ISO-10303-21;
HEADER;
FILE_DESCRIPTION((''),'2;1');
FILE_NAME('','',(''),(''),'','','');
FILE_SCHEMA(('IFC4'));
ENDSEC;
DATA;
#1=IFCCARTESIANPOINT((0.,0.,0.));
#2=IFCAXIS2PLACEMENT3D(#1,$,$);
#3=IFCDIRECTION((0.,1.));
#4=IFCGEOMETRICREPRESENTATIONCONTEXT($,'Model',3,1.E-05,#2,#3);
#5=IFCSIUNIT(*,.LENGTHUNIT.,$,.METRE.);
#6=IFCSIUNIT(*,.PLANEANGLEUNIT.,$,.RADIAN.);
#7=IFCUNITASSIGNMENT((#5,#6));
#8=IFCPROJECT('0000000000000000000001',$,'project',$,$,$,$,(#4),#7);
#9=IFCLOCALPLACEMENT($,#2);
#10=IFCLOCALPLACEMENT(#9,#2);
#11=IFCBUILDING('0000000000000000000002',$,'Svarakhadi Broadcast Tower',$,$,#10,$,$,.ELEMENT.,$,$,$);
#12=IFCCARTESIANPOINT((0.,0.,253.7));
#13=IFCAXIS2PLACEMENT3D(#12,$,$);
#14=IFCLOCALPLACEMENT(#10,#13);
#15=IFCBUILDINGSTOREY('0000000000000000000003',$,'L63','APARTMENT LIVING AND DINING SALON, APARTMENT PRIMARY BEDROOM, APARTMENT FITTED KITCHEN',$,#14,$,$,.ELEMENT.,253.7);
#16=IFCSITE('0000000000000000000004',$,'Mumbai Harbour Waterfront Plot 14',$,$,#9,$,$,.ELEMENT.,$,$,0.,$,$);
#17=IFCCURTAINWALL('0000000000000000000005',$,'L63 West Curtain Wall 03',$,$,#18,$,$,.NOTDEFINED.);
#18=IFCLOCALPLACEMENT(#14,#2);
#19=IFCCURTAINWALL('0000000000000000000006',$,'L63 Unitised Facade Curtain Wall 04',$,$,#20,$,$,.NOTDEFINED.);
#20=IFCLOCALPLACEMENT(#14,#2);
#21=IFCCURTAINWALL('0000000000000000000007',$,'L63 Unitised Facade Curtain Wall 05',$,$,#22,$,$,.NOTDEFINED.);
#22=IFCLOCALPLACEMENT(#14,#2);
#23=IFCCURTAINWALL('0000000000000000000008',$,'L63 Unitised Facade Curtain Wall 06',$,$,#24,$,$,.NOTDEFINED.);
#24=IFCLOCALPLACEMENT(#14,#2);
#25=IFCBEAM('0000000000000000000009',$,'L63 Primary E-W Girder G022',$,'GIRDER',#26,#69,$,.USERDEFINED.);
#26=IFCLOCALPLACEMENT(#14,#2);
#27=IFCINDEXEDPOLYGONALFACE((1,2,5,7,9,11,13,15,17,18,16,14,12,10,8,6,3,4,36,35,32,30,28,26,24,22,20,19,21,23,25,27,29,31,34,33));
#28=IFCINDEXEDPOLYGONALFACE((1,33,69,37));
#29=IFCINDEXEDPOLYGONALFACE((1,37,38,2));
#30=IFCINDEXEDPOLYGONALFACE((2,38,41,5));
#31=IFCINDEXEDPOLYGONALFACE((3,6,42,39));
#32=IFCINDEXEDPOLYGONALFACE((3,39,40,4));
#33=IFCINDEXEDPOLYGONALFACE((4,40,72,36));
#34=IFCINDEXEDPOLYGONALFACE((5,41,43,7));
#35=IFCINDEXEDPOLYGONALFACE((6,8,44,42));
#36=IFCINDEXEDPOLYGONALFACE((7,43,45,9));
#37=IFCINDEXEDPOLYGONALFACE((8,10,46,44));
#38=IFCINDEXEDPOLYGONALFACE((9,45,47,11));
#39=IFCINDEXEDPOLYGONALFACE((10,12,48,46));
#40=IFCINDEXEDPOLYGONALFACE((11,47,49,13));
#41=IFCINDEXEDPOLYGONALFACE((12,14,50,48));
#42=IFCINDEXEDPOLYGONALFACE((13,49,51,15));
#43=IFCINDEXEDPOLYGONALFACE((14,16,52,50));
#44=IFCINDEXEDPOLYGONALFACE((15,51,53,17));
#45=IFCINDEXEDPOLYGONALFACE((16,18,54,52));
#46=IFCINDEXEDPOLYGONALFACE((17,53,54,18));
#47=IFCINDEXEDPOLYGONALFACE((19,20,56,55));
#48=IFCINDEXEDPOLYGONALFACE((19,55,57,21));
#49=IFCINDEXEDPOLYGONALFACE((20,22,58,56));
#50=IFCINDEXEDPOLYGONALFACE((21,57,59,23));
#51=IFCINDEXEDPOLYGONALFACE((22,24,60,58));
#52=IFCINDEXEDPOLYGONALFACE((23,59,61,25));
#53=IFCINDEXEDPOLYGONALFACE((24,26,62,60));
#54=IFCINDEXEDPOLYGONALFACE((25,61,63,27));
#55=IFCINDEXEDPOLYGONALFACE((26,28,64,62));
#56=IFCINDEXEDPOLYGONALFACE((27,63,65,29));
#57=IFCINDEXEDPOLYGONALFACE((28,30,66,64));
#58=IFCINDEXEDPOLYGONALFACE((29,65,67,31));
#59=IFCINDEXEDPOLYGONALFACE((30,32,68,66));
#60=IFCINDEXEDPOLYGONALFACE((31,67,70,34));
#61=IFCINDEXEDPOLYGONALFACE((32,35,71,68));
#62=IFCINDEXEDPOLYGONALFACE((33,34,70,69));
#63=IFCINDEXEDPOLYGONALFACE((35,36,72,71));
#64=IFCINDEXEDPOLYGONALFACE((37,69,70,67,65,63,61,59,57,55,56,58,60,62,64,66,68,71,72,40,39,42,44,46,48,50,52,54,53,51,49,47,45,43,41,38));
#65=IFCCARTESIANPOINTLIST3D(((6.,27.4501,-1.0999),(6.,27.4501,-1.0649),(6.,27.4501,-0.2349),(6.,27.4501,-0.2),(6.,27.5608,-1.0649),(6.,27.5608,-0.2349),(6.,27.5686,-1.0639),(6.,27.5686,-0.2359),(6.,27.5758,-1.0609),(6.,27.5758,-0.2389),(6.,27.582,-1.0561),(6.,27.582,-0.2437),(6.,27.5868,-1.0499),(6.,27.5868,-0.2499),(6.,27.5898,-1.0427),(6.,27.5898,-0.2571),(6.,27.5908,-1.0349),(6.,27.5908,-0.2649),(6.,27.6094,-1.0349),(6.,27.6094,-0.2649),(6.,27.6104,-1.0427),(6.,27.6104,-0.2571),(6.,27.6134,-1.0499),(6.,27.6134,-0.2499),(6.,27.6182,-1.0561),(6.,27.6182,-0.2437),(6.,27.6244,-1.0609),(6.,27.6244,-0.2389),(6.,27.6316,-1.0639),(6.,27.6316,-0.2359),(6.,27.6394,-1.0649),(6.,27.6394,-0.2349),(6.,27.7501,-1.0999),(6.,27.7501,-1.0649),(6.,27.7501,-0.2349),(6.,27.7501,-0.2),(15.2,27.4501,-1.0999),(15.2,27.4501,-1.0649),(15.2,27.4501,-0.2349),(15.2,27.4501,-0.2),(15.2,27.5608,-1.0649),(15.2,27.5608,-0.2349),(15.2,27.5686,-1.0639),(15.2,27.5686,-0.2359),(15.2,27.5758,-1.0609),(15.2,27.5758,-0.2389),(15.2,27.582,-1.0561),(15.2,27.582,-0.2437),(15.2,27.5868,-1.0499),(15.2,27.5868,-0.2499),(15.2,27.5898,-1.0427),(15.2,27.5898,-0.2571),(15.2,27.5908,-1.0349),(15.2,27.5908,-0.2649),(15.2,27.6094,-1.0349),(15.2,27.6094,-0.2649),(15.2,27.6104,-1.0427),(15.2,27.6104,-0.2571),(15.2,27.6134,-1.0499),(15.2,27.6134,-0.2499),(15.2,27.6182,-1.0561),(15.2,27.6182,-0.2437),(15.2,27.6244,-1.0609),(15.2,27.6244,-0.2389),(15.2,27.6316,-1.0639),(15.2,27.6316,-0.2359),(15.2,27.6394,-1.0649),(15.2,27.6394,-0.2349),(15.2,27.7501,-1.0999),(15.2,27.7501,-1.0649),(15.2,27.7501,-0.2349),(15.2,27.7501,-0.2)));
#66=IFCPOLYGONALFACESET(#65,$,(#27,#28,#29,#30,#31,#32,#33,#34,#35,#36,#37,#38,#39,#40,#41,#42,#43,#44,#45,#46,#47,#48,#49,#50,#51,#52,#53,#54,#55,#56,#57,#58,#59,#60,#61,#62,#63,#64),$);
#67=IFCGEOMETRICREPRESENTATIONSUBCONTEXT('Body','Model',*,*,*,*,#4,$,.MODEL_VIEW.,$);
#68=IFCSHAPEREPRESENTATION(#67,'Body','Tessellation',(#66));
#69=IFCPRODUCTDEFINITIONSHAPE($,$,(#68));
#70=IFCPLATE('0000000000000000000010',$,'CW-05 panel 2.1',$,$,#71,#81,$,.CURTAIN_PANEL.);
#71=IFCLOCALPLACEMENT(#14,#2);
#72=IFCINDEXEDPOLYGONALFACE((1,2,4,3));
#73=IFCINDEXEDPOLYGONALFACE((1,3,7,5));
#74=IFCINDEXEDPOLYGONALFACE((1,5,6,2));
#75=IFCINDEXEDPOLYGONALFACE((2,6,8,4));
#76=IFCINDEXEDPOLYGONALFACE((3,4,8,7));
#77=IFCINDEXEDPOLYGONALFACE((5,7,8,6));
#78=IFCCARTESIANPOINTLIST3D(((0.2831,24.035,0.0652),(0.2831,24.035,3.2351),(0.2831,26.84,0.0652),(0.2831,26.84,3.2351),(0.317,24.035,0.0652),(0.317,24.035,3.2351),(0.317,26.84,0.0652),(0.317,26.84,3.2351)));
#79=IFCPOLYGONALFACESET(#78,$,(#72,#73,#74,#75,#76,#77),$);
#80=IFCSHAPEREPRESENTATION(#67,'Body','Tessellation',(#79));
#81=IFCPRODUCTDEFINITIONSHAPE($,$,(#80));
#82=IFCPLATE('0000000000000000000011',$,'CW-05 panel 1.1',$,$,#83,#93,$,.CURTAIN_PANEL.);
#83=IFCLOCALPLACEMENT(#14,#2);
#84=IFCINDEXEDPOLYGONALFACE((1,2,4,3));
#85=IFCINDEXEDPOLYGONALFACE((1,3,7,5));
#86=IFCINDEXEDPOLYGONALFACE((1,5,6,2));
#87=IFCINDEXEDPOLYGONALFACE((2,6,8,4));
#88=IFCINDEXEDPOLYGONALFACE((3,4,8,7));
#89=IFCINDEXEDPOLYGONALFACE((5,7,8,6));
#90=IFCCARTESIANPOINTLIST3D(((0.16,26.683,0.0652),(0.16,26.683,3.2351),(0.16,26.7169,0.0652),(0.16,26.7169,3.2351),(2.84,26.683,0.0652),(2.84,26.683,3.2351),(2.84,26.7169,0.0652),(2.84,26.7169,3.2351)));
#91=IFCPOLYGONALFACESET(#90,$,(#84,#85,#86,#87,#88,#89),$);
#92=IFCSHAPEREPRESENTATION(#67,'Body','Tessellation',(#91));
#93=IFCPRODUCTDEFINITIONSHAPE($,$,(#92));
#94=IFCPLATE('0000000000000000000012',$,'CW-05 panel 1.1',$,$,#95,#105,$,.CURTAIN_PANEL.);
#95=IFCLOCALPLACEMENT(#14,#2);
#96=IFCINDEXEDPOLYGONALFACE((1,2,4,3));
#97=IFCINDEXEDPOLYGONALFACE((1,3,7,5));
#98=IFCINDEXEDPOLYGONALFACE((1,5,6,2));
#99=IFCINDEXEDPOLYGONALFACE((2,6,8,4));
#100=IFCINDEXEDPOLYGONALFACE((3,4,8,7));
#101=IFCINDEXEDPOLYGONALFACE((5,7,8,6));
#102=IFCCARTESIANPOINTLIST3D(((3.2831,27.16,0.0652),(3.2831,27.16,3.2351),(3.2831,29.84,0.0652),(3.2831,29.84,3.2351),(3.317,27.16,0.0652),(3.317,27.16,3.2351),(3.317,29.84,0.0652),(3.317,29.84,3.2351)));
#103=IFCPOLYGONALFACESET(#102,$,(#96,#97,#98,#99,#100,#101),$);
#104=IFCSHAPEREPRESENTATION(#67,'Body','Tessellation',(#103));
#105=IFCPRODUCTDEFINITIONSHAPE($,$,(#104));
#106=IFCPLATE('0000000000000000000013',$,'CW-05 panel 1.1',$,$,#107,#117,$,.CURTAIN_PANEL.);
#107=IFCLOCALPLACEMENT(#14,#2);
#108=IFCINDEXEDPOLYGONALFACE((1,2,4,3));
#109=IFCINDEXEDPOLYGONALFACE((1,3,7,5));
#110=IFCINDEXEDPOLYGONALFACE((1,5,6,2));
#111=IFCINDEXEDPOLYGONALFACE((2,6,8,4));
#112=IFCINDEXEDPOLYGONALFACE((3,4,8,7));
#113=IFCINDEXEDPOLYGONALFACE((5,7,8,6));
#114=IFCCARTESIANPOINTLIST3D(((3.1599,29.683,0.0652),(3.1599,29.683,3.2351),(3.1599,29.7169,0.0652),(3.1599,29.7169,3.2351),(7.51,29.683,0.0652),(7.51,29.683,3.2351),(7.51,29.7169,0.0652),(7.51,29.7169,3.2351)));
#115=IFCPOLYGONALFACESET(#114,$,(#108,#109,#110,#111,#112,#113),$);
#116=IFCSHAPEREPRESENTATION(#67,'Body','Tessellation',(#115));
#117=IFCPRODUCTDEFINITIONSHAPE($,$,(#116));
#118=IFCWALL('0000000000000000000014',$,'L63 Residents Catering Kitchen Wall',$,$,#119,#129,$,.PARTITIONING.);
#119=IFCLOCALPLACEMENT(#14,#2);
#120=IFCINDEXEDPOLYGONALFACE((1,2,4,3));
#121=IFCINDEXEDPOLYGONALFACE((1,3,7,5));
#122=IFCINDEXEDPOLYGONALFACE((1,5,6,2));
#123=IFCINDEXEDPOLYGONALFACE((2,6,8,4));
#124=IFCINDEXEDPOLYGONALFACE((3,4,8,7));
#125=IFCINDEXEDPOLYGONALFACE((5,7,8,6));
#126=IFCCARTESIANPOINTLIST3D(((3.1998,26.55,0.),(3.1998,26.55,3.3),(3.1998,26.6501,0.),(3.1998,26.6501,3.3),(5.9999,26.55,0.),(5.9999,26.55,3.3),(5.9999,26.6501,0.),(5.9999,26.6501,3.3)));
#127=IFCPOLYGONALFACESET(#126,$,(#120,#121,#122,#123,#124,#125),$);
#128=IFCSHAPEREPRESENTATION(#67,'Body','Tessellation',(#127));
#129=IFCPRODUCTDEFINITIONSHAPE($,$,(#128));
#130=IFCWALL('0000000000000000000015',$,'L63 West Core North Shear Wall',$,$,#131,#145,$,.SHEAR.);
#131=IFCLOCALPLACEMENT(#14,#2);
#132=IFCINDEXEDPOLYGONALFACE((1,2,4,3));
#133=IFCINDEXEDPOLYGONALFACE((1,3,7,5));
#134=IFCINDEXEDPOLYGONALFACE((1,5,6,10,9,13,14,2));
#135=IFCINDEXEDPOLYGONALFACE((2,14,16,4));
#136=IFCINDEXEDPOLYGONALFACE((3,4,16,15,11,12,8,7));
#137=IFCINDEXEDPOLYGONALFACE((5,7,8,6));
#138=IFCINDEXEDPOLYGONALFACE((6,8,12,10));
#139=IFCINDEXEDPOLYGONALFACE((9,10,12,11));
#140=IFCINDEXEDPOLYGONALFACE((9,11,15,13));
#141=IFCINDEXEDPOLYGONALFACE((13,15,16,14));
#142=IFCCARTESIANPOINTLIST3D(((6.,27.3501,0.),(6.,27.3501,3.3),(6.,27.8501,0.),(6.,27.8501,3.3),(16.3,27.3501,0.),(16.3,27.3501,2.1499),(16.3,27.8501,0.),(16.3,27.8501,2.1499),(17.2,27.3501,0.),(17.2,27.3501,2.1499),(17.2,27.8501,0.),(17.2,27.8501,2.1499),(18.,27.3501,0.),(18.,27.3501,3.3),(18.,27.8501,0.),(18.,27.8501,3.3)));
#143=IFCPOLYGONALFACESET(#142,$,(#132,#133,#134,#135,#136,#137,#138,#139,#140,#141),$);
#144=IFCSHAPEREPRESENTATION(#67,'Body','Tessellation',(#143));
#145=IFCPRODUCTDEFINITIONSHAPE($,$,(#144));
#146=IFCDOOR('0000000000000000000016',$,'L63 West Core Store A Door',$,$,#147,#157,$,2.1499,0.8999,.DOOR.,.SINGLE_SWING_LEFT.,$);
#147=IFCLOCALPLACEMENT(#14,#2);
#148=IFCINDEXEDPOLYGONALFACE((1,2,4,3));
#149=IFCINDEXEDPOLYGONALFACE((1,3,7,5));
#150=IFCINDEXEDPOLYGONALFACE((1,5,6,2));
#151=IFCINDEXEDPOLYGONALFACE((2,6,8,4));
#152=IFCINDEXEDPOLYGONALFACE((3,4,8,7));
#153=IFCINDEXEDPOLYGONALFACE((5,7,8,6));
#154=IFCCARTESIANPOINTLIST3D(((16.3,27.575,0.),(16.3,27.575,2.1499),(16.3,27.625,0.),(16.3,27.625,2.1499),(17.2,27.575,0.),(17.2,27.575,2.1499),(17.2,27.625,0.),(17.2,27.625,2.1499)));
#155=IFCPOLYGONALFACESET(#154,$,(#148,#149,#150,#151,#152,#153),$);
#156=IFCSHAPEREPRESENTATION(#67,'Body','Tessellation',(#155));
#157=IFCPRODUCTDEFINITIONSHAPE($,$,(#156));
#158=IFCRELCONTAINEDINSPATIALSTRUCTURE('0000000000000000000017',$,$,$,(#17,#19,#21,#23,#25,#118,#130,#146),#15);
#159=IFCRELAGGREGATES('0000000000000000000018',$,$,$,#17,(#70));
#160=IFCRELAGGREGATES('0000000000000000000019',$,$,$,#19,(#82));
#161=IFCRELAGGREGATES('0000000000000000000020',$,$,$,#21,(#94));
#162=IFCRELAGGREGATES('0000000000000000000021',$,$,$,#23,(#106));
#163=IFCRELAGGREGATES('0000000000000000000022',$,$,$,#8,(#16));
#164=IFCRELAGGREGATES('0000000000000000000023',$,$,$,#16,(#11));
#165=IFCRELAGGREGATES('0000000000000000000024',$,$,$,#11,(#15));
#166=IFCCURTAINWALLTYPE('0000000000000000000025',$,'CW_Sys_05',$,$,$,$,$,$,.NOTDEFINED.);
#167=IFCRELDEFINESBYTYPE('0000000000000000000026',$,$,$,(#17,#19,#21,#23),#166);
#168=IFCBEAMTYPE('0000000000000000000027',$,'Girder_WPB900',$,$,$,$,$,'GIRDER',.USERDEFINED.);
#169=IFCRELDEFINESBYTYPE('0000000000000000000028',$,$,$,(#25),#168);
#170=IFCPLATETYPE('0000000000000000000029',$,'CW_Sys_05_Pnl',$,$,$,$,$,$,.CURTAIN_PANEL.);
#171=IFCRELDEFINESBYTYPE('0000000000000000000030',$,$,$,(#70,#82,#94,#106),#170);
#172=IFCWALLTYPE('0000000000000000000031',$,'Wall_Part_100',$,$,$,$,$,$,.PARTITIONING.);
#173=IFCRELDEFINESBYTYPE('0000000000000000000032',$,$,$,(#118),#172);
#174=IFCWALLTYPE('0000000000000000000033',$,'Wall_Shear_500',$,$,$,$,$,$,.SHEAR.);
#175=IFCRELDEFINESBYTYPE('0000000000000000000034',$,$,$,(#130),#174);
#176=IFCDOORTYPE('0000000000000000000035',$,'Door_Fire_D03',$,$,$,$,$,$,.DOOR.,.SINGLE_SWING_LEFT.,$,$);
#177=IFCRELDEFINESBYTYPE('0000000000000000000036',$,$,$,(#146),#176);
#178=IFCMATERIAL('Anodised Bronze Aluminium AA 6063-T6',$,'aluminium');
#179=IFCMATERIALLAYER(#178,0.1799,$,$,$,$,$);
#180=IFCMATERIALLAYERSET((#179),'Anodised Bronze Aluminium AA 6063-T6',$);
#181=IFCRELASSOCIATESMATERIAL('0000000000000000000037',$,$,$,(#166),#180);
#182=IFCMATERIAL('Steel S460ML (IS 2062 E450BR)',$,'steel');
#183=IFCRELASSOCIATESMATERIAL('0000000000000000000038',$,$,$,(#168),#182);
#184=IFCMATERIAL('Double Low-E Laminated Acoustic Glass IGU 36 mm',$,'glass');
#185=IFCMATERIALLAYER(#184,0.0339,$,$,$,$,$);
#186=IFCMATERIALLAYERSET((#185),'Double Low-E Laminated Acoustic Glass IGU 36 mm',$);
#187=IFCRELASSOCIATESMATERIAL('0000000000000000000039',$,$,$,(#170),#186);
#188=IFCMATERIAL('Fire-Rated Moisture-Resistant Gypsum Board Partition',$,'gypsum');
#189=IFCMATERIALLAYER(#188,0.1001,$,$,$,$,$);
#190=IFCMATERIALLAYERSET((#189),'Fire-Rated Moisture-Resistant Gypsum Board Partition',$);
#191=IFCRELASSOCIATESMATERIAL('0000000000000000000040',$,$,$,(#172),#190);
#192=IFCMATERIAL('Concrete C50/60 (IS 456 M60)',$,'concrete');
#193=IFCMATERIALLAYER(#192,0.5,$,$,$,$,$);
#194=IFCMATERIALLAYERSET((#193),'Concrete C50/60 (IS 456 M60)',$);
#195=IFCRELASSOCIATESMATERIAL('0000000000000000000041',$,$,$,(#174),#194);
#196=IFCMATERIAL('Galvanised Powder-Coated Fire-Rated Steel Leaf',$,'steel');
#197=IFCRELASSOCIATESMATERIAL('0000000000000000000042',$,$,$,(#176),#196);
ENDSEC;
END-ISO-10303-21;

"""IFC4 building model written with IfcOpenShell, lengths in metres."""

from ifc_helpers import new_model, si_unit, direction, frame, frame_2d, origin, origin_2d, place, context, subcontext, project, spatial, rectangle, i_section, extrude, material, layer, layer_set, material_profile, profile_set, type_object, element, fill, aggregate, save


model = new_model("IFC4")

# Units and contexts
model_context = context("Model", 3, precision=1e-05, world=origin(), true_north=direction((0.0, 1.0)))
body_context = subcontext(model_context, "Body", "Model", "MODEL_VIEW")
ifc_project = project(units=[si_unit("LENGTHUNIT", "METRE"), si_unit("PLANEANGLEUNIT", "RADIAN")], contexts=[model_context])

# Site, building, storey
site_placement = place(None, origin())
site = spatial("IfcSite", under=ifc_project, at=site_placement, Name="Mumbai Harbour Waterfront Plot 14", CompositionType="ELEMENT", RefElevation=0.0)
building_placement = place(site_placement, origin())
building = spatial("IfcBuilding", under=site, at=building_placement, Name="Svarakhadi Broadcast Tower", CompositionType="ELEMENT")
storey_placement = place(building_placement, frame((0.0, 0.0, 253.7)))
storey = spatial("IfcBuildingStorey", under=building, at=storey_placement, Name="L63", Description="APARTMENT LIVING AND DINING SALON, APARTMENT PRIMARY BEDROOM, APARTMENT FITTED KITCHEN", CompositionType="ELEMENT", Elevation=253.7)

# Shared definitions
ifc_material_1 = material(Name="Concrete C50/60 (IS 456 M60)", Category="concrete")
ifc_material_2 = material(Name="Steel S460ML (IS 2062 E450BR)", Category="steel")

# Curtain wall
ifc_material_3 = material(Name="Anodised Bronze Aluminium AA 6063-T6", Category="aluminium")
ifc_layer_1 = layer(ifc_material_3, 0.1799)
ifc_layer_set_1 = layer_set([ifc_layer_1], Name="Anodised Bronze Aluminium AA 6063-T6")
curtain_wall_type = type_object("IfcCurtainWallType", Name="CW_Sys_05", PredefinedType="NOTDEFINED", material=ifc_layer_set_1)
curtain_wall_1_placement = place(storey_placement, origin())
curtain_wall_1 = element("IfcCurtainWall", 1, at=curtain_wall_1_placement, inside=storey, type_object=curtain_wall_type, Name="L63 West Curtain Wall 03", PredefinedType="NOTDEFINED")

# Curtain walls
curtain_wall_2_placement = place(storey_placement, origin())
curtain_wall_2 = element("IfcCurtainWall", 2, at=curtain_wall_2_placement, inside=storey, type_object=curtain_wall_type, Name="L63 Unitised Facade Curtain Wall 04", PredefinedType="NOTDEFINED")
curtain_wall_3_placement = place(storey_placement, origin())
curtain_wall_3 = element("IfcCurtainWall", 3, at=curtain_wall_3_placement, inside=storey, type_object=curtain_wall_type, Name="L63 Unitised Facade Curtain Wall 05", PredefinedType="NOTDEFINED")

# Curtain wall
curtain_wall_4_placement = place(storey_placement, origin())
curtain_wall_4 = element("IfcCurtainWall", 4, at=curtain_wall_4_placement, inside=storey, type_object=curtain_wall_type, Name="L63 Unitised Facade Curtain Wall 06", PredefinedType="NOTDEFINED")

# Beam
ifc_material_profile_1 = material_profile(ifc_material_2, i_section(OverallWidth=0.3, OverallDepth=0.8999, WebThickness=0.0186, FlangeThickness=0.0349, FilletRadius=0.03, at=origin_2d()), Name="WPB 900x300x291")
ifc_profile_set_1 = profile_set([ifc_material_profile_1], Name="Steel S460ML (IS 2062 E450BR)")
beam_type_1 = type_object("IfcBeamType", Name="Girder_WPB900", ElementType="GIRDER", PredefinedType="USERDEFINED", material=ifc_profile_set_1)
beam_1_placement = place(storey_placement, frame((6.0, 27.6001, -0.6499), z_axis=(1.0, 0.0, 0.0), x_axis=(0.0, 1.0, 0.0)))
element("IfcBeam", 5, at=beam_1_placement, inside=storey, type_object=beam_type_1, Name="L63 Primary E-W Girder G022", ObjectType="GIRDER", PredefinedType="USERDEFINED", context=body_context, shape_type="SweptSolid", body=[
    extrude(i_section(OverallWidth=0.3, OverallDepth=0.8999, WebThickness=0.0186, FlangeThickness=0.0349, FilletRadius=0.03, at=origin_2d()), origin(), (0.0, 0.0, 1.0), 9.2),
])

# Plates
ifc_material_4 = material(Name="Double Low-E Laminated Acoustic Glass IGU 36 mm", Category="glass")
ifc_layer_2 = layer(ifc_material_4, 0.0339)
ifc_layer_set_2 = layer_set([ifc_layer_2], Name="Double Low-E Laminated Acoustic Glass IGU 36 mm")
plate_type = type_object("IfcPlateType", Name="CW_Sys_05_Pnl", PredefinedType="CURTAIN_PANEL", material=ifc_layer_set_2)
plate_1_placement = place(storey_placement, frame((0.3, 25.4375, 0.0652), z_axis=(0.0, 0.0, 1.0), x_axis=(0.0, 1.0, 0.0)))
plate_1 = element("IfcPlate", 6, at=plate_1_placement, type_object=plate_type, Name="CW-05 panel 2.1", PredefinedType="CURTAIN_PANEL", context=body_context, shape_type="SweptSolid", body=[
    extrude(rectangle(XDim=2.8049, YDim=0.0339, at=origin_2d()), origin(), (0.0, 0.0, 1.0), 3.1699),
])
aggregate(curtain_wall_1, [plate_1])
plate_2_placement = place(storey_placement, frame((1.5, 26.7, 0.0652), z_axis=(0.0, 0.0, 1.0), x_axis=(1.0, 0.0, 0.0)))
plate_2 = element("IfcPlate", 7, at=plate_2_placement, type_object=plate_type, Name="CW-05 panel 1.1", PredefinedType="CURTAIN_PANEL", context=body_context, shape_type="SweptSolid", body=[
    extrude(rectangle(XDim=2.6799, YDim=0.0339, at=origin_2d()), origin(), (0.0, 0.0, 1.0), 3.1699),
])
aggregate(curtain_wall_2, [plate_2])
plate_3_placement = place(storey_placement, frame((3.3, 28.5, 0.0652), z_axis=(0.0, 0.0, 1.0), x_axis=(0.0, 1.0, 0.0)))
plate_3 = element("IfcPlate", 8, at=plate_3_placement, type_object=plate_type, Name="CW-05 panel 1.1", PredefinedType="CURTAIN_PANEL", context=body_context, shape_type="SweptSolid", body=[
    extrude(rectangle(XDim=2.6799, YDim=0.0339, at=origin_2d()), origin(), (0.0, 0.0, 1.0), 3.1699),
])
aggregate(curtain_wall_3, [plate_3])
plate_4_placement = place(storey_placement, frame((5.335, 29.7, 0.0652), z_axis=(0.0, 0.0, 1.0), x_axis=(1.0, 0.0, 0.0)))
plate_4 = element("IfcPlate", 9, at=plate_4_placement, type_object=plate_type, Name="CW-05 panel 1.1", PredefinedType="CURTAIN_PANEL", context=body_context, shape_type="SweptSolid", body=[
    extrude(rectangle(XDim=4.3501, YDim=0.0339, at=origin_2d()), origin(), (0.0, 0.0, 1.0), 3.1699),
])
aggregate(curtain_wall_4, [plate_4])

# Wall
ifc_material_5 = material(Name="Fire-Rated Moisture-Resistant Gypsum Board Partition", Category="gypsum")
ifc_layer_3 = layer(ifc_material_5, 0.1001)
ifc_layer_set_3 = layer_set([ifc_layer_3], Name="Fire-Rated Moisture-Resistant Gypsum Board Partition")
wall_type_1 = type_object("IfcWallType", Name="Wall_Part_100", PredefinedType="PARTITIONING", material=ifc_layer_set_3)
wall_1_placement = place(storey_placement, frame((3.2, 26.6001, 0.0), z_axis=(0.0, 0.0, 1.0), x_axis=(1.0, 0.0, 0.0)))
element("IfcWall", 10, at=wall_1_placement, inside=storey, type_object=wall_type_1, Name="L63 Residents Catering Kitchen Wall", PredefinedType="PARTITIONING", context=body_context, shape_type="SweptSolid", body=[
    extrude(rectangle(XDim=2.8, YDim=0.1001, at=frame_2d((1.3999, 0.0))), origin(), (0.0, 0.0, 1.0), 3.3),
])

# Wall, opening, door
ifc_layer_4 = layer(ifc_material_1, 0.5)
ifc_layer_set_4 = layer_set([ifc_layer_4], Name="Concrete C50/60 (IS 456 M60)")
wall_type_2 = type_object("IfcWallType", Name="Wall_Shear_500", PredefinedType="SHEAR", material=ifc_layer_set_4)
wall_2_placement = place(storey_placement, frame((6.0, 27.6001, 0.0), z_axis=(0.0, 0.0, 1.0), x_axis=(1.0, 0.0, 0.0)))
wall_2 = element("IfcWall", 11, at=wall_2_placement, inside=storey, type_object=wall_type_2, Name="L63 West Core North Shear Wall", PredefinedType="SHEAR", context=body_context, shape_type="SweptSolid", body=[
    extrude(rectangle(XDim=12.0, YDim=0.5, at=frame_2d((6.0, 0.0))), origin(), (0.0, 0.0, 1.0), 3.3),
])
opening_placement = place(wall_2_placement, frame((10.3, 0.0, 0.0)))
opening = element("IfcOpeningElement", 12, at=opening_placement, cuts=wall_2, PredefinedType="OPENING", context=body_context, shape_type="SweptSolid", body=[
    extrude(rectangle(XDim=0.8999, YDim=2.1499, at=frame_2d((0.45, 1.075))), frame((0.0, 0.26, 0.0), z_axis=(0.0, -1.0, 0.0), x_axis=(1.0, 0.0, 0.0)), (0.0, 0.0, 1.0), 0.52),
])
ifc_material_6 = material(Name="Galvanised Powder-Coated Fire-Rated Steel Leaf", Category="steel")
door_type = type_object("IfcDoorType", Name="Door_Fire_D03", OperationType="SINGLE_SWING_LEFT", PredefinedType="DOOR", material=ifc_material_6)
door_placement = place(opening_placement, origin())
door = element("IfcDoor", 13, at=door_placement, inside=storey, type_object=door_type, Name="L63 West Core Store A Door", OperationType="SINGLE_SWING_LEFT", OverallHeight=2.1499, OverallWidth=0.8999, PredefinedType="DOOR", context=body_context, shape_type="SweptSolid", body=[
    extrude(rectangle(XDim=0.8999, YDim=2.1499, at=frame_2d((0.45, 1.075))), frame((0.0, 0.0249, 0.0), z_axis=(0.0, -1.0, 0.0), x_axis=(1.0, 0.0, 0.0)), (0.0, 0.0, 1.0), 0.05),
])
fill(opening, door)

save(model, "model.ifc")
